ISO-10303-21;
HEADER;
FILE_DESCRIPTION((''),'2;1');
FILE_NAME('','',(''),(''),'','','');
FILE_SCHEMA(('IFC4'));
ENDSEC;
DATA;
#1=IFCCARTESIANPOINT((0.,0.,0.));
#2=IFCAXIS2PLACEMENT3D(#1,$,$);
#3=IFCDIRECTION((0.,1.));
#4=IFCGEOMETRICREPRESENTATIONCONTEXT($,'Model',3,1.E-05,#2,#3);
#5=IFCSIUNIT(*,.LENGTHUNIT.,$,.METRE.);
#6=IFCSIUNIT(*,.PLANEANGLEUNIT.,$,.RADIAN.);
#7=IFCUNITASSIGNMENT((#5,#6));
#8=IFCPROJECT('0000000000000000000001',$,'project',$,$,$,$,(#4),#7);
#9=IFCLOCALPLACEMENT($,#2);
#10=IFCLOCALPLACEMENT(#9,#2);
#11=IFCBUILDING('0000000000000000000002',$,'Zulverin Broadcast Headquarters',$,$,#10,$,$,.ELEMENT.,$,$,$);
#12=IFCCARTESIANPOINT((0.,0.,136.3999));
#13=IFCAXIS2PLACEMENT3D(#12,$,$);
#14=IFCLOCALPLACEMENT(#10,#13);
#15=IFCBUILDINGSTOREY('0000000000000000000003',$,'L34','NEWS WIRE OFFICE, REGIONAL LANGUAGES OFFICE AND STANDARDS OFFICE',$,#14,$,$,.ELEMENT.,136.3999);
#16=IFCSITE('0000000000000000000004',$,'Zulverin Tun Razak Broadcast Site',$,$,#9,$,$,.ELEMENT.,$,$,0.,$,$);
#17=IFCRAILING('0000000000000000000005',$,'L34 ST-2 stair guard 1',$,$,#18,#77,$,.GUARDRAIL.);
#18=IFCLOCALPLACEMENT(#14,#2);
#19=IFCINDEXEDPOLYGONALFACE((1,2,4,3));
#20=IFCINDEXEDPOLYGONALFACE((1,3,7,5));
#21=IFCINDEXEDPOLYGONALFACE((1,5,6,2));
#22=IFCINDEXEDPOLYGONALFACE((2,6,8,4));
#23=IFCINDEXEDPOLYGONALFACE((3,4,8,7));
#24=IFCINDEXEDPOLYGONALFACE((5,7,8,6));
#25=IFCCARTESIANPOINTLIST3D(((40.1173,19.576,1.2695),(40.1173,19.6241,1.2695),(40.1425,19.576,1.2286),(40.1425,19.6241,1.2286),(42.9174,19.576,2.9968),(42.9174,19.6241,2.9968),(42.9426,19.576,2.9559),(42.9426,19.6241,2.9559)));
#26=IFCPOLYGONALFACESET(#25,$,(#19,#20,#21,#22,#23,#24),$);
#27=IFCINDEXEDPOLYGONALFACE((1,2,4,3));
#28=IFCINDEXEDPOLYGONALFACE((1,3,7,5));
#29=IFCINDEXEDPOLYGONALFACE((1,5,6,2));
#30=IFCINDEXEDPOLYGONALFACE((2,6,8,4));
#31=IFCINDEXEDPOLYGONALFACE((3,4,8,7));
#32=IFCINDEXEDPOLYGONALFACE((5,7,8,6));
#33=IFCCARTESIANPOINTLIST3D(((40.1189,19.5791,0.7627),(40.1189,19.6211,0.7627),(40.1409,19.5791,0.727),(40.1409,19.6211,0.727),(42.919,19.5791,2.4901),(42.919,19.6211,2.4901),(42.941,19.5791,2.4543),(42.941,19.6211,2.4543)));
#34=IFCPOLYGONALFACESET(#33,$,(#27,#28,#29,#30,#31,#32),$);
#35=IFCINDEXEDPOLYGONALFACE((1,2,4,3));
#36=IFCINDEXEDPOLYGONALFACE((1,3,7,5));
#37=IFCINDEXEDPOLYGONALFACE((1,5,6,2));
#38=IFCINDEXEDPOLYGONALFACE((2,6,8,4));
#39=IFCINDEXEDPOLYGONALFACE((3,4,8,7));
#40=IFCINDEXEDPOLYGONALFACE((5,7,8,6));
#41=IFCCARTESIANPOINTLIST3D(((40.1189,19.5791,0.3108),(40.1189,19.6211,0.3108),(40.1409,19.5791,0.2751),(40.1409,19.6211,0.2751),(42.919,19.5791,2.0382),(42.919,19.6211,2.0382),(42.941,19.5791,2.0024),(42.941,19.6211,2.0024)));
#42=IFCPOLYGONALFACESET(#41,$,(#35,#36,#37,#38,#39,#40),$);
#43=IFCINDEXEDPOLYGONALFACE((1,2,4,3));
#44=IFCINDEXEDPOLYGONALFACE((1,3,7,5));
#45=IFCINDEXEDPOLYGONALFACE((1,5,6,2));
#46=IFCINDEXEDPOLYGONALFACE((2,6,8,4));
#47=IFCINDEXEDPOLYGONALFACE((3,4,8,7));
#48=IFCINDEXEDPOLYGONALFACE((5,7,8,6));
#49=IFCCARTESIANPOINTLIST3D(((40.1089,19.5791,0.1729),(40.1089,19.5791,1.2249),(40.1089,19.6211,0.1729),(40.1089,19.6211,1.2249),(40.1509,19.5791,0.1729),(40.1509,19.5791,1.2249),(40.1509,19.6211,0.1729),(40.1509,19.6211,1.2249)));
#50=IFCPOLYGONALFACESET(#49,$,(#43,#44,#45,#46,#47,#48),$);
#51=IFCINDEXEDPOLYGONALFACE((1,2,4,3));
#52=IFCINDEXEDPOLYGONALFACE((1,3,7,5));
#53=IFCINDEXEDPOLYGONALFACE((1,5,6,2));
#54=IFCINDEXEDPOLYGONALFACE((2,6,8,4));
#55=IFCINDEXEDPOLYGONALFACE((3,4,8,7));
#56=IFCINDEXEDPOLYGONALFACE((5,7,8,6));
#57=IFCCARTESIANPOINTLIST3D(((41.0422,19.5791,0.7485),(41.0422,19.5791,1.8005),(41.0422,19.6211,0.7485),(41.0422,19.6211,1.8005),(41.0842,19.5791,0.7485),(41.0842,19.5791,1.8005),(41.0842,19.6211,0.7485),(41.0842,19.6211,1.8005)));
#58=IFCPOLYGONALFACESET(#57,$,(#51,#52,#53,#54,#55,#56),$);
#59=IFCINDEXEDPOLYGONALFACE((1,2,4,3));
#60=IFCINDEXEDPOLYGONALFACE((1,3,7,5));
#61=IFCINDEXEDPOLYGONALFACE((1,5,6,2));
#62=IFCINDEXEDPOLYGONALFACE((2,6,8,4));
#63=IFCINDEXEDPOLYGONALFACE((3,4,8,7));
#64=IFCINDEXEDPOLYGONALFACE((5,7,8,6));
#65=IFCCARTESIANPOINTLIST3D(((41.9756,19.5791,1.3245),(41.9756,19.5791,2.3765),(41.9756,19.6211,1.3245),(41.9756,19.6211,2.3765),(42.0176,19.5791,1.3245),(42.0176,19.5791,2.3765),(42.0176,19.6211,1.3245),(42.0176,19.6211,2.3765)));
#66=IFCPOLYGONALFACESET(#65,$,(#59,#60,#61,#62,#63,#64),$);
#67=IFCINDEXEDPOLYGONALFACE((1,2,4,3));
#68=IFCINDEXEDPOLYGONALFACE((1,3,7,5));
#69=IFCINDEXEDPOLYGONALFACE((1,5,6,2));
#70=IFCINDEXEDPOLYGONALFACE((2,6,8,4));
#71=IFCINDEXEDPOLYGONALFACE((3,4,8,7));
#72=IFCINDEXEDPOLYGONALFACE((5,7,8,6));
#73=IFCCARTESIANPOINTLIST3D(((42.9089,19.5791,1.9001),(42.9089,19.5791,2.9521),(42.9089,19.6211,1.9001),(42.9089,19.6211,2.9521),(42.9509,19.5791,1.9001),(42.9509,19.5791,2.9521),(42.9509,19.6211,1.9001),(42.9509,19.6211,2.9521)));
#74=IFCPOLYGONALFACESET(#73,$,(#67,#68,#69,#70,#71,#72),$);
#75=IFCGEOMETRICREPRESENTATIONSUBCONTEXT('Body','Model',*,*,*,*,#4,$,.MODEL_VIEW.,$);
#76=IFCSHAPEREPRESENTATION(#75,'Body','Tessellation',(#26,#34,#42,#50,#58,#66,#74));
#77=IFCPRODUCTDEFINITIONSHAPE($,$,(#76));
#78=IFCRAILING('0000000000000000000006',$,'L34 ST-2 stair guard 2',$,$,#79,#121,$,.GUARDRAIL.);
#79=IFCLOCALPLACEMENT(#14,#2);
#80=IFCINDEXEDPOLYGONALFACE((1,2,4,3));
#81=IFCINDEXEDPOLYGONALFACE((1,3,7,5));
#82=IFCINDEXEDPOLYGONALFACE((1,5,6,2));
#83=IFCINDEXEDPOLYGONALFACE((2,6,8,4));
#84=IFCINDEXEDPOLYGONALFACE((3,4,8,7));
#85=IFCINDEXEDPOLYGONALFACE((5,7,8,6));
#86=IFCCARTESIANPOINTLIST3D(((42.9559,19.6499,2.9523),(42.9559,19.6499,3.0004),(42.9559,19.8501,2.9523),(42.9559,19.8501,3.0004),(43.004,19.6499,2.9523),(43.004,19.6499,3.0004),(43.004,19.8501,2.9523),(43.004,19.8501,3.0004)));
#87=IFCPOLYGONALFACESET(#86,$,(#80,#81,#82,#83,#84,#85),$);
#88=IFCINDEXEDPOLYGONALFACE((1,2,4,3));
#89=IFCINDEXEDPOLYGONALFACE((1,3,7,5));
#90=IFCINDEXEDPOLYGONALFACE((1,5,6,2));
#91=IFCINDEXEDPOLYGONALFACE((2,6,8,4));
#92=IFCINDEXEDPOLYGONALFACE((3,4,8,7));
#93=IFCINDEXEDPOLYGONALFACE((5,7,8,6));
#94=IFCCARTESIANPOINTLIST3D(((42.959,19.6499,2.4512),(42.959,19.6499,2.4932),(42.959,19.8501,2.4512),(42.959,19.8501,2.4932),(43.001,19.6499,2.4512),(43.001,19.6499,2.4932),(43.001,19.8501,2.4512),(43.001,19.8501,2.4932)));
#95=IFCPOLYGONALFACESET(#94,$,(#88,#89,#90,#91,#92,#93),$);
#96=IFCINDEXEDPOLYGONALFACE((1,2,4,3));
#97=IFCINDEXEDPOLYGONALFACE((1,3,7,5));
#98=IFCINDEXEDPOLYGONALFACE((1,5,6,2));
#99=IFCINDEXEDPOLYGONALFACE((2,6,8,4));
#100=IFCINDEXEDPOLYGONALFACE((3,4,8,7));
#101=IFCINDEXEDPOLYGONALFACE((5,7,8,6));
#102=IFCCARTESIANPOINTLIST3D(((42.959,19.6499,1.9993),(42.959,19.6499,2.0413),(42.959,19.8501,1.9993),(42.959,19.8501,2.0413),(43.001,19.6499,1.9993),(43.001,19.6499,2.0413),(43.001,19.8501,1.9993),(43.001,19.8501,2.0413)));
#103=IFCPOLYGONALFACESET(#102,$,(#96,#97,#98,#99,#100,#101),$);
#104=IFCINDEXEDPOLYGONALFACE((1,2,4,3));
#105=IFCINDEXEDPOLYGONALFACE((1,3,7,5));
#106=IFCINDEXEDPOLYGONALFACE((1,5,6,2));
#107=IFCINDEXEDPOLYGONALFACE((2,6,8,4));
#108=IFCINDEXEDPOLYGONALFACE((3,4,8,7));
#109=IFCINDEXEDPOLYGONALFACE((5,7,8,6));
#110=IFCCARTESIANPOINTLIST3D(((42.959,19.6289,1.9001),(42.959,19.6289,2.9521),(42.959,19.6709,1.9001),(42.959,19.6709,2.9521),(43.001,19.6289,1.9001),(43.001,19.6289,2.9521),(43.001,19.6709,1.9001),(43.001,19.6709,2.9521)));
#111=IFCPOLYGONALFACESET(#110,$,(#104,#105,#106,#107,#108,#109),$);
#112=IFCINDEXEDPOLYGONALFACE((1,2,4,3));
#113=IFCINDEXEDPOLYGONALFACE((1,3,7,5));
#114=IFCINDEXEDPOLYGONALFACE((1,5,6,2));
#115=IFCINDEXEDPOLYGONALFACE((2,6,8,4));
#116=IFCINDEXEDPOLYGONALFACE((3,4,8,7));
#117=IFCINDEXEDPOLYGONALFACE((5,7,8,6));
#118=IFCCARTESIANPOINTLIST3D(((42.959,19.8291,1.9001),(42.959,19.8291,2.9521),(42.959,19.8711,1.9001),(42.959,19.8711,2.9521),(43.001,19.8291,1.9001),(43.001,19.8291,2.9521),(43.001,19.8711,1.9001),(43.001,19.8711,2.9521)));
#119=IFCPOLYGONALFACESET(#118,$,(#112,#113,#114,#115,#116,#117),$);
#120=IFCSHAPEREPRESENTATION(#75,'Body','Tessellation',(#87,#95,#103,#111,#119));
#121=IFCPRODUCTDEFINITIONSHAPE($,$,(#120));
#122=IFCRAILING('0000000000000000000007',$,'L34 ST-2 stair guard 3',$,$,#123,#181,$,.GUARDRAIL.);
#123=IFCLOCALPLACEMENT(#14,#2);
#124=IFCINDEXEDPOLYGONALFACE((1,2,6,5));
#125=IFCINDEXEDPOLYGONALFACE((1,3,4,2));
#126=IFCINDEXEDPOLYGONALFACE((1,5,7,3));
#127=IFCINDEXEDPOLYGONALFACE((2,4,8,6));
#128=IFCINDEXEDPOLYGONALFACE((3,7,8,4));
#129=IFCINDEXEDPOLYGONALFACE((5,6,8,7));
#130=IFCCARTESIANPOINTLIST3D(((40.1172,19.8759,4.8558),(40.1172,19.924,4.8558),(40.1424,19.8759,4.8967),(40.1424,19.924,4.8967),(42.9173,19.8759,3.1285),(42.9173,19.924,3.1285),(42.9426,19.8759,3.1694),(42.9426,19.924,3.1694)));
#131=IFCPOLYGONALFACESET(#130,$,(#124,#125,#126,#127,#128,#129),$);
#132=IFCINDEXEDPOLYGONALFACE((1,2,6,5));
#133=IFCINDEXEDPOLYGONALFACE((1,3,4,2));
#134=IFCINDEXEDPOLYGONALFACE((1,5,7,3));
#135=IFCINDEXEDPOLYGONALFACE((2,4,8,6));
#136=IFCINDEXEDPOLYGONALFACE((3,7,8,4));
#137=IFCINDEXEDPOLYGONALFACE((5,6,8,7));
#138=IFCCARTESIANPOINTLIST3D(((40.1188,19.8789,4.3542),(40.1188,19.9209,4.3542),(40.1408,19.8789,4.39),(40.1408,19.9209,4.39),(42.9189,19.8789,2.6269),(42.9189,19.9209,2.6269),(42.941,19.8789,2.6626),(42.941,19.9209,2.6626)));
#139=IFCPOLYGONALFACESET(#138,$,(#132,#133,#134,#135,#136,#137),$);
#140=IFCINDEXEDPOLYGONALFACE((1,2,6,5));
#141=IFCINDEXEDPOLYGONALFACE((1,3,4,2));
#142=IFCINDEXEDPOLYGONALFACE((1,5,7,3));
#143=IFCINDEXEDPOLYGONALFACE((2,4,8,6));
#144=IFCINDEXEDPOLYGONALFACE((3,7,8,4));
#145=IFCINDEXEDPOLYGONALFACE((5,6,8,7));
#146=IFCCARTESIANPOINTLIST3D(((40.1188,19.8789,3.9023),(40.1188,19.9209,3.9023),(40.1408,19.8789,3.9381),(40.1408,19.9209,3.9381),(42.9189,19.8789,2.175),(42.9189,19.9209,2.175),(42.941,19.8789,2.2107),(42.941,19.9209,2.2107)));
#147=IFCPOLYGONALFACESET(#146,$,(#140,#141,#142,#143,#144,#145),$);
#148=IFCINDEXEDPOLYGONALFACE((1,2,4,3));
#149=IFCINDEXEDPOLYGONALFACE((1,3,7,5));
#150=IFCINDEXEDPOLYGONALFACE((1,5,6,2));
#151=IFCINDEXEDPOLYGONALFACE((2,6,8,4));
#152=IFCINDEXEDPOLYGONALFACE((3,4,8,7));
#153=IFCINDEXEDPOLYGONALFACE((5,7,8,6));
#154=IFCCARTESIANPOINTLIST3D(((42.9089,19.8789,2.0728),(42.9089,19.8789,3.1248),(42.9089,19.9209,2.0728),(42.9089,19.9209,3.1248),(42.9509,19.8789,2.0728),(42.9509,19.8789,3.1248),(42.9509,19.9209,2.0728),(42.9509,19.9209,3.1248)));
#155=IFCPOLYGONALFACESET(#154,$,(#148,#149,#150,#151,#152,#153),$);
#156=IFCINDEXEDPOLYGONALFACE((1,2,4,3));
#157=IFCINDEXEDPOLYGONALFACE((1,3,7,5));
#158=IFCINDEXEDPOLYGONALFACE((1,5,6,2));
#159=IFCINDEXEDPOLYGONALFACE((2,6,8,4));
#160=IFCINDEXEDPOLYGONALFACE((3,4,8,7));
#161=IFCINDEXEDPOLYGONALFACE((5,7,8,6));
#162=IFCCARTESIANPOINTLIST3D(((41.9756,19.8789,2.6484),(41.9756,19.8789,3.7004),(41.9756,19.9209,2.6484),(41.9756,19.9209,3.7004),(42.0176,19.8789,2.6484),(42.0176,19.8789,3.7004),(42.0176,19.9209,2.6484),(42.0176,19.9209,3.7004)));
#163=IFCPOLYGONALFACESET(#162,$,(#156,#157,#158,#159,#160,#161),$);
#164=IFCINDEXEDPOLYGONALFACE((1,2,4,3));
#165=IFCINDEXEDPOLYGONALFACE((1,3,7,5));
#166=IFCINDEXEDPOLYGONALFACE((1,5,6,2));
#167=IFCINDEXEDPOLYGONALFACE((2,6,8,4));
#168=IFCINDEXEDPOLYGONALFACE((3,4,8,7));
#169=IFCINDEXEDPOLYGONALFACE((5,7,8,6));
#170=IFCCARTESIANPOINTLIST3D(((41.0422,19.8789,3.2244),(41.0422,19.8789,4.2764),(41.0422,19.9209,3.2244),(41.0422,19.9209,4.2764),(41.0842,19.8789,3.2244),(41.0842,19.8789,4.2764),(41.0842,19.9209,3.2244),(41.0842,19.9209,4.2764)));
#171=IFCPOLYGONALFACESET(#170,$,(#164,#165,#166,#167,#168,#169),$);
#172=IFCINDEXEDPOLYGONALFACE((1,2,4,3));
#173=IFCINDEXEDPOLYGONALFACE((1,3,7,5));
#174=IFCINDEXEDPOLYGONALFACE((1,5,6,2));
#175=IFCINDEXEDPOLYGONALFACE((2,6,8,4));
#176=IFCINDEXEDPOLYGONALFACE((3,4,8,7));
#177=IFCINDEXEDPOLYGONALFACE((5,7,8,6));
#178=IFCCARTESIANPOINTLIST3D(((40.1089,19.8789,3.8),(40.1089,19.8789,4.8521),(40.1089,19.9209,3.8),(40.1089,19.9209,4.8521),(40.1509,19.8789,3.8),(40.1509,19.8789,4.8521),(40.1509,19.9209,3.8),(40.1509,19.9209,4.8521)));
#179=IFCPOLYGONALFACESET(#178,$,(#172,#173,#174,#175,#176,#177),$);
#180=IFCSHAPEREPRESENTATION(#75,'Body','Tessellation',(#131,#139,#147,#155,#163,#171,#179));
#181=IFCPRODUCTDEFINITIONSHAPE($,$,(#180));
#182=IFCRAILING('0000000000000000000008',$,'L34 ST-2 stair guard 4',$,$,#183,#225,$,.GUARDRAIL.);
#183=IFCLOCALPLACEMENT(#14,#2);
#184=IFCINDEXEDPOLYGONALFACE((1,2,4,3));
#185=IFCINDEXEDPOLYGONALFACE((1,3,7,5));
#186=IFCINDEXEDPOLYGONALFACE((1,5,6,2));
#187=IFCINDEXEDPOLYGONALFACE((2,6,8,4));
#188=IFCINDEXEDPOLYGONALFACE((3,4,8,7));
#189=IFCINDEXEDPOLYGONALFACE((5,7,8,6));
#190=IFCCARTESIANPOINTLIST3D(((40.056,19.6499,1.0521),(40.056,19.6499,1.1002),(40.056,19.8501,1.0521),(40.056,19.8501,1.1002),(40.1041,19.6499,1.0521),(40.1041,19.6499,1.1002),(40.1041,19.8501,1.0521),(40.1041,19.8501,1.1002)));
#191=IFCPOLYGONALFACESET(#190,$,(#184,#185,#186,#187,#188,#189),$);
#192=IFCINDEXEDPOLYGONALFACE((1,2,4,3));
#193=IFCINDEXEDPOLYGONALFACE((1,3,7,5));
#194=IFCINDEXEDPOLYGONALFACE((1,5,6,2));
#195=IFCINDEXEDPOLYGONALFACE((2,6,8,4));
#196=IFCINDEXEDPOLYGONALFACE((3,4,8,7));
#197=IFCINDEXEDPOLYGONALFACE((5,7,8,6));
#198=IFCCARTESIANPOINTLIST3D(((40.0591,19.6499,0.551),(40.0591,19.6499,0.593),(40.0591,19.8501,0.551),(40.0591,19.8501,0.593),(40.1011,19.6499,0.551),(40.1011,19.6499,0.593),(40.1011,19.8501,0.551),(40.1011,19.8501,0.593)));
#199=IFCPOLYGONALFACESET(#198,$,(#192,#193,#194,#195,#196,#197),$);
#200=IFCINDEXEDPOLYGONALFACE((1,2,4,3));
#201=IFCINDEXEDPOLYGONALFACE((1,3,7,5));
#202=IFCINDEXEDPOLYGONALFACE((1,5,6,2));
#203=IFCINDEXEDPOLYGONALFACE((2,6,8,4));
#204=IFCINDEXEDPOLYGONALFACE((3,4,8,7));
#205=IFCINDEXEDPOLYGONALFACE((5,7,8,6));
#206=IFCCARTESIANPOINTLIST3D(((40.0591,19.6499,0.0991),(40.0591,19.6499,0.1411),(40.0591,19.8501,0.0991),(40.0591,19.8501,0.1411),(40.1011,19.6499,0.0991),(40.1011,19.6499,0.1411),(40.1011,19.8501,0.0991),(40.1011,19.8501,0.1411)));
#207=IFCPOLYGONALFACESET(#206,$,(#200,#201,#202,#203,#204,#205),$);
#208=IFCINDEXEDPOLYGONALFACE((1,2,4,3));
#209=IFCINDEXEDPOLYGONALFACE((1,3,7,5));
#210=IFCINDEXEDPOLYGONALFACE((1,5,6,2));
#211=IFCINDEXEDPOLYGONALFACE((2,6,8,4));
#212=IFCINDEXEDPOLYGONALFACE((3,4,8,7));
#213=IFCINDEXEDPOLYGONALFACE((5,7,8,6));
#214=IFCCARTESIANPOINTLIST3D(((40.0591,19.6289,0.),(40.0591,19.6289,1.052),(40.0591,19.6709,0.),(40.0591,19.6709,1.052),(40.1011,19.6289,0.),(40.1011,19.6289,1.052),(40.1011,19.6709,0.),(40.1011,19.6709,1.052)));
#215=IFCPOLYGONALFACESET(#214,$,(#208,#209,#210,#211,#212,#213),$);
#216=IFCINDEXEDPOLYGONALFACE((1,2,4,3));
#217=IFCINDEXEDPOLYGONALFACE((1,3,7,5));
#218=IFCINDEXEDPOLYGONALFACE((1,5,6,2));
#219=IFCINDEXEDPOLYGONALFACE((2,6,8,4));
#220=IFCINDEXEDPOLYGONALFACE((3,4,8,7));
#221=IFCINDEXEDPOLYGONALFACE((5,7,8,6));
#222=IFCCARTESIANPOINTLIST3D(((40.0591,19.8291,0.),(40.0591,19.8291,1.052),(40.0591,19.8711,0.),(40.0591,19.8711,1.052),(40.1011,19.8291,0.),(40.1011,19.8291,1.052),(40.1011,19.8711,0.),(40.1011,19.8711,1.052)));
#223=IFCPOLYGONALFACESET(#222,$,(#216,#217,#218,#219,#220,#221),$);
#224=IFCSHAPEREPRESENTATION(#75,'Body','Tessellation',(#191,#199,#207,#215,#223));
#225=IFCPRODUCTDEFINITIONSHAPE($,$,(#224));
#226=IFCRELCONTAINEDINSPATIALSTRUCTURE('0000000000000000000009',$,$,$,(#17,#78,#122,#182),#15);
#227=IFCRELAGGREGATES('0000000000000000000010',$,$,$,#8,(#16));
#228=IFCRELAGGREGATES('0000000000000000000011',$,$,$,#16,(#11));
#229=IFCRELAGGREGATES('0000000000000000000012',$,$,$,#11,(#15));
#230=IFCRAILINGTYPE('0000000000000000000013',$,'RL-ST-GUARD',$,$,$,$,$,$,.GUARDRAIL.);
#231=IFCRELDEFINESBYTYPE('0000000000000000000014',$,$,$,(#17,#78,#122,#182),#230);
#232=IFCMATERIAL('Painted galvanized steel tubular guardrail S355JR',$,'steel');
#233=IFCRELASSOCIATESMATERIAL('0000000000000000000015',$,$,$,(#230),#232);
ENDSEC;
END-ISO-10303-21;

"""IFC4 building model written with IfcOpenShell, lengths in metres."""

from ifc_helpers import new_model, si_unit, direction, frame, origin, origin_2d, place, context, subcontext, project, spatial, rectangle, extrude, material, type_object, element, save


model = new_model("IFC4")

# Units and contexts
model_context = context("Model", 3, precision=1e-05, world=origin(), true_north=direction((0.0, 1.0)))
body_context = subcontext(model_context, "Body", "Model", "MODEL_VIEW")
ifc_project = project(units=[si_unit("LENGTHUNIT", "METRE"), si_unit("PLANEANGLEUNIT", "RADIAN")], contexts=[model_context])

# Site, building, storey
site_placement = place(None, origin())
site = spatial("IfcSite", under=ifc_project, at=site_placement, Name="Zulverin Tun Razak Broadcast Site", CompositionType="ELEMENT", RefElevation=0.0)
building_placement = place(site_placement, origin())
building = spatial("IfcBuilding", under=site, at=building_placement, Name="Zulverin Broadcast Headquarters", CompositionType="ELEMENT")
storey_placement = place(building_placement, frame((0.0, 0.0, 136.3999)))
storey = spatial("IfcBuildingStorey", under=building, at=storey_placement, Name="L34", Description="NEWS WIRE OFFICE, REGIONAL LANGUAGES OFFICE AND STANDARDS OFFICE", CompositionType="ELEMENT", Elevation=136.3999)

# Railings
ifc_material_1 = material(Name="Painted galvanized steel tubular guardrail S355JR", Category="steel")
railing_type_1 = type_object("IfcRailingType", Name="RL-ST-GUARD", PredefinedType="GUARDRAIL", material=ifc_material_1)
railing_1_placement = place(storey_placement, frame((40.1299, 19.6001, 0.1729)))
element("IfcRailing", 1, at=railing_1_placement, inside=storey, type_object=railing_type_1, Name="L34 ST-2 stair guard 1", PredefinedType="GUARDRAIL", context=body_context, shape_type="SweptSolid", body=[
    extrude(rectangle(XDim=0.0481, YDim=0.0481, at=origin_2d()), frame((0.0, 0.0, 1.0762), z_axis=(0.85109, 0.0, 0.52502), x_axis=(0.0, 1.0, 0.0)), (0.0, 0.0, 1.0), 3.29),
    extrude(rectangle(XDim=0.042, YDim=0.042, at=origin_2d()), frame((0.0, 0.0, 0.572), z_axis=(0.85109, 0.0, 0.52502), x_axis=(0.0, 1.0, 0.0)), (0.0, 0.0, 1.0), 3.29),
    extrude(rectangle(XDim=0.042, YDim=0.042, at=origin_2d()), frame((0.0, 0.0, 0.1201), z_axis=(0.85109, 0.0, 0.52502), x_axis=(0.0, 1.0, 0.0)), (0.0, 0.0, 1.0), 3.29),
    extrude(rectangle(XDim=0.042, YDim=0.042, at=origin_2d()), origin(), (0.0, 0.0, 1.0), 1.052),
    extrude(rectangle(XDim=0.042, YDim=0.042, at=origin_2d()), frame((0.9333, 0.0, 0.5757)), (0.0, 0.0, 1.0), 1.052),
    extrude(rectangle(XDim=0.042, YDim=0.042, at=origin_2d()), frame((1.8667, 0.0, 1.1516)), (0.0, 0.0, 1.0), 1.052),
    extrude(rectangle(XDim=0.042, YDim=0.042, at=origin_2d()), frame((2.8, 0.0, 1.7273)), (0.0, 0.0, 1.0), 1.052),
])
railing_2_placement = place(storey_placement, frame((42.98, 19.6499, 1.9001)))
element("IfcRailing", 2, at=railing_2_placement, inside=storey, type_object=railing_type_1, Name="L34 ST-2 stair guard 2", PredefinedType="GUARDRAIL", context=body_context, shape_type="SweptSolid", body=[
    extrude(rectangle(XDim=0.0481, YDim=0.0481, at=origin_2d()), frame((0.0, 0.0, 1.0762), z_axis=(0.0, 1.0, 0.0), x_axis=(-1.0, 0.0, 0.0)), (0.0, 0.0, 1.0), 0.2002),
    extrude(rectangle(XDim=0.042, YDim=0.042, at=origin_2d()), frame((0.0, 0.0, 0.572), z_axis=(0.0, 1.0, 0.0), x_axis=(-1.0, 0.0, 0.0)), (0.0, 0.0, 1.0), 0.2002),
    extrude(rectangle(XDim=0.042, YDim=0.042, at=origin_2d()), frame((0.0, 0.0, 0.1201), z_axis=(0.0, 1.0, 0.0), x_axis=(-1.0, 0.0, 0.0)), (0.0, 0.0, 1.0), 0.2002),
    extrude(rectangle(XDim=0.042, YDim=0.042, at=origin_2d()), origin(), (0.0, 0.0, 1.0), 1.052),
    extrude(rectangle(XDim=0.042, YDim=0.042, at=origin_2d()), frame((0.0, 0.2002, 0.0)), (0.0, 0.0, 1.0), 1.052),
])
railing_3_placement = place(storey_placement, frame((42.9299, 19.8999, 2.0728)))
element("IfcRailing", 3, at=railing_3_placement, inside=storey, type_object=railing_type_1, Name="L34 ST-2 stair guard 3", PredefinedType="GUARDRAIL", context=body_context, shape_type="SweptSolid", body=[
    extrude(rectangle(XDim=0.0481, YDim=0.0481, at=origin_2d()), frame((0.0, 0.0, 1.0762), z_axis=(-0.85109, 0.0, 0.52502), x_axis=(0.0, -1.0, 0.0)), (0.0, 0.0, 1.0), 3.29),
    extrude(rectangle(XDim=0.042, YDim=0.042, at=origin_2d()), frame((0.0, 0.0, 0.572), z_axis=(-0.85109, 0.0, 0.52502), x_axis=(0.0, -1.0, 0.0)), (0.0, 0.0, 1.0), 3.29),
    extrude(rectangle(XDim=0.042, YDim=0.042, at=origin_2d()), frame((0.0, 0.0, 0.1201), z_axis=(-0.85109, 0.0, 0.52502), x_axis=(0.0, -1.0, 0.0)), (0.0, 0.0, 1.0), 3.29),
    extrude(rectangle(XDim=0.042, YDim=0.042, at=origin_2d()), origin(), (0.0, 0.0, 1.0), 1.052),
    extrude(rectangle(XDim=0.042, YDim=0.042, at=origin_2d()), frame((-0.9333, 0.0, 0.5757)), (0.0, 0.0, 1.0), 1.052),
    extrude(rectangle(XDim=0.042, YDim=0.042, at=origin_2d()), frame((-1.8667, 0.0, 1.1516)), (0.0, 0.0, 1.0), 1.052),
    extrude(rectangle(XDim=0.042, YDim=0.042, at=origin_2d()), frame((-2.8, 0.0, 1.7273)), (0.0, 0.0, 1.0), 1.052),
])
railing_4_placement = place(storey_placement, frame((40.0801, 19.6499, 0.0)))
element("IfcRailing", 4, at=railing_4_placement, inside=storey, type_object=railing_type_1, Name="L34 ST-2 stair guard 4", PredefinedType="GUARDRAIL", context=body_context, shape_type="SweptSolid", body=[
    extrude(rectangle(XDim=0.0481, YDim=0.0481, at=origin_2d()), frame((0.0, 0.0, 1.0762), z_axis=(0.0, 1.0, 0.0), x_axis=(-1.0, 0.0, 0.0)), (0.0, 0.0, 1.0), 0.2002),
    extrude(rectangle(XDim=0.042, YDim=0.042, at=origin_2d()), frame((0.0, 0.0, 0.572), z_axis=(0.0, 1.0, 0.0), x_axis=(-1.0, 0.0, 0.0)), (0.0, 0.0, 1.0), 0.2002),
    extrude(rectangle(XDim=0.042, YDim=0.042, at=origin_2d()), frame((0.0, 0.0, 0.1201), z_axis=(0.0, 1.0, 0.0), x_axis=(-1.0, 0.0, 0.0)), (0.0, 0.0, 1.0), 0.2002),
    extrude(rectangle(XDim=0.042, YDim=0.042, at=origin_2d()), origin(), (0.0, 0.0, 1.0), 1.052),
    extrude(rectangle(XDim=0.042, YDim=0.042, at=origin_2d()), frame((0.0, 0.2002, 0.0)), (0.0, 0.0, 1.0), 1.052),
])

save(model, "model.ifc")
